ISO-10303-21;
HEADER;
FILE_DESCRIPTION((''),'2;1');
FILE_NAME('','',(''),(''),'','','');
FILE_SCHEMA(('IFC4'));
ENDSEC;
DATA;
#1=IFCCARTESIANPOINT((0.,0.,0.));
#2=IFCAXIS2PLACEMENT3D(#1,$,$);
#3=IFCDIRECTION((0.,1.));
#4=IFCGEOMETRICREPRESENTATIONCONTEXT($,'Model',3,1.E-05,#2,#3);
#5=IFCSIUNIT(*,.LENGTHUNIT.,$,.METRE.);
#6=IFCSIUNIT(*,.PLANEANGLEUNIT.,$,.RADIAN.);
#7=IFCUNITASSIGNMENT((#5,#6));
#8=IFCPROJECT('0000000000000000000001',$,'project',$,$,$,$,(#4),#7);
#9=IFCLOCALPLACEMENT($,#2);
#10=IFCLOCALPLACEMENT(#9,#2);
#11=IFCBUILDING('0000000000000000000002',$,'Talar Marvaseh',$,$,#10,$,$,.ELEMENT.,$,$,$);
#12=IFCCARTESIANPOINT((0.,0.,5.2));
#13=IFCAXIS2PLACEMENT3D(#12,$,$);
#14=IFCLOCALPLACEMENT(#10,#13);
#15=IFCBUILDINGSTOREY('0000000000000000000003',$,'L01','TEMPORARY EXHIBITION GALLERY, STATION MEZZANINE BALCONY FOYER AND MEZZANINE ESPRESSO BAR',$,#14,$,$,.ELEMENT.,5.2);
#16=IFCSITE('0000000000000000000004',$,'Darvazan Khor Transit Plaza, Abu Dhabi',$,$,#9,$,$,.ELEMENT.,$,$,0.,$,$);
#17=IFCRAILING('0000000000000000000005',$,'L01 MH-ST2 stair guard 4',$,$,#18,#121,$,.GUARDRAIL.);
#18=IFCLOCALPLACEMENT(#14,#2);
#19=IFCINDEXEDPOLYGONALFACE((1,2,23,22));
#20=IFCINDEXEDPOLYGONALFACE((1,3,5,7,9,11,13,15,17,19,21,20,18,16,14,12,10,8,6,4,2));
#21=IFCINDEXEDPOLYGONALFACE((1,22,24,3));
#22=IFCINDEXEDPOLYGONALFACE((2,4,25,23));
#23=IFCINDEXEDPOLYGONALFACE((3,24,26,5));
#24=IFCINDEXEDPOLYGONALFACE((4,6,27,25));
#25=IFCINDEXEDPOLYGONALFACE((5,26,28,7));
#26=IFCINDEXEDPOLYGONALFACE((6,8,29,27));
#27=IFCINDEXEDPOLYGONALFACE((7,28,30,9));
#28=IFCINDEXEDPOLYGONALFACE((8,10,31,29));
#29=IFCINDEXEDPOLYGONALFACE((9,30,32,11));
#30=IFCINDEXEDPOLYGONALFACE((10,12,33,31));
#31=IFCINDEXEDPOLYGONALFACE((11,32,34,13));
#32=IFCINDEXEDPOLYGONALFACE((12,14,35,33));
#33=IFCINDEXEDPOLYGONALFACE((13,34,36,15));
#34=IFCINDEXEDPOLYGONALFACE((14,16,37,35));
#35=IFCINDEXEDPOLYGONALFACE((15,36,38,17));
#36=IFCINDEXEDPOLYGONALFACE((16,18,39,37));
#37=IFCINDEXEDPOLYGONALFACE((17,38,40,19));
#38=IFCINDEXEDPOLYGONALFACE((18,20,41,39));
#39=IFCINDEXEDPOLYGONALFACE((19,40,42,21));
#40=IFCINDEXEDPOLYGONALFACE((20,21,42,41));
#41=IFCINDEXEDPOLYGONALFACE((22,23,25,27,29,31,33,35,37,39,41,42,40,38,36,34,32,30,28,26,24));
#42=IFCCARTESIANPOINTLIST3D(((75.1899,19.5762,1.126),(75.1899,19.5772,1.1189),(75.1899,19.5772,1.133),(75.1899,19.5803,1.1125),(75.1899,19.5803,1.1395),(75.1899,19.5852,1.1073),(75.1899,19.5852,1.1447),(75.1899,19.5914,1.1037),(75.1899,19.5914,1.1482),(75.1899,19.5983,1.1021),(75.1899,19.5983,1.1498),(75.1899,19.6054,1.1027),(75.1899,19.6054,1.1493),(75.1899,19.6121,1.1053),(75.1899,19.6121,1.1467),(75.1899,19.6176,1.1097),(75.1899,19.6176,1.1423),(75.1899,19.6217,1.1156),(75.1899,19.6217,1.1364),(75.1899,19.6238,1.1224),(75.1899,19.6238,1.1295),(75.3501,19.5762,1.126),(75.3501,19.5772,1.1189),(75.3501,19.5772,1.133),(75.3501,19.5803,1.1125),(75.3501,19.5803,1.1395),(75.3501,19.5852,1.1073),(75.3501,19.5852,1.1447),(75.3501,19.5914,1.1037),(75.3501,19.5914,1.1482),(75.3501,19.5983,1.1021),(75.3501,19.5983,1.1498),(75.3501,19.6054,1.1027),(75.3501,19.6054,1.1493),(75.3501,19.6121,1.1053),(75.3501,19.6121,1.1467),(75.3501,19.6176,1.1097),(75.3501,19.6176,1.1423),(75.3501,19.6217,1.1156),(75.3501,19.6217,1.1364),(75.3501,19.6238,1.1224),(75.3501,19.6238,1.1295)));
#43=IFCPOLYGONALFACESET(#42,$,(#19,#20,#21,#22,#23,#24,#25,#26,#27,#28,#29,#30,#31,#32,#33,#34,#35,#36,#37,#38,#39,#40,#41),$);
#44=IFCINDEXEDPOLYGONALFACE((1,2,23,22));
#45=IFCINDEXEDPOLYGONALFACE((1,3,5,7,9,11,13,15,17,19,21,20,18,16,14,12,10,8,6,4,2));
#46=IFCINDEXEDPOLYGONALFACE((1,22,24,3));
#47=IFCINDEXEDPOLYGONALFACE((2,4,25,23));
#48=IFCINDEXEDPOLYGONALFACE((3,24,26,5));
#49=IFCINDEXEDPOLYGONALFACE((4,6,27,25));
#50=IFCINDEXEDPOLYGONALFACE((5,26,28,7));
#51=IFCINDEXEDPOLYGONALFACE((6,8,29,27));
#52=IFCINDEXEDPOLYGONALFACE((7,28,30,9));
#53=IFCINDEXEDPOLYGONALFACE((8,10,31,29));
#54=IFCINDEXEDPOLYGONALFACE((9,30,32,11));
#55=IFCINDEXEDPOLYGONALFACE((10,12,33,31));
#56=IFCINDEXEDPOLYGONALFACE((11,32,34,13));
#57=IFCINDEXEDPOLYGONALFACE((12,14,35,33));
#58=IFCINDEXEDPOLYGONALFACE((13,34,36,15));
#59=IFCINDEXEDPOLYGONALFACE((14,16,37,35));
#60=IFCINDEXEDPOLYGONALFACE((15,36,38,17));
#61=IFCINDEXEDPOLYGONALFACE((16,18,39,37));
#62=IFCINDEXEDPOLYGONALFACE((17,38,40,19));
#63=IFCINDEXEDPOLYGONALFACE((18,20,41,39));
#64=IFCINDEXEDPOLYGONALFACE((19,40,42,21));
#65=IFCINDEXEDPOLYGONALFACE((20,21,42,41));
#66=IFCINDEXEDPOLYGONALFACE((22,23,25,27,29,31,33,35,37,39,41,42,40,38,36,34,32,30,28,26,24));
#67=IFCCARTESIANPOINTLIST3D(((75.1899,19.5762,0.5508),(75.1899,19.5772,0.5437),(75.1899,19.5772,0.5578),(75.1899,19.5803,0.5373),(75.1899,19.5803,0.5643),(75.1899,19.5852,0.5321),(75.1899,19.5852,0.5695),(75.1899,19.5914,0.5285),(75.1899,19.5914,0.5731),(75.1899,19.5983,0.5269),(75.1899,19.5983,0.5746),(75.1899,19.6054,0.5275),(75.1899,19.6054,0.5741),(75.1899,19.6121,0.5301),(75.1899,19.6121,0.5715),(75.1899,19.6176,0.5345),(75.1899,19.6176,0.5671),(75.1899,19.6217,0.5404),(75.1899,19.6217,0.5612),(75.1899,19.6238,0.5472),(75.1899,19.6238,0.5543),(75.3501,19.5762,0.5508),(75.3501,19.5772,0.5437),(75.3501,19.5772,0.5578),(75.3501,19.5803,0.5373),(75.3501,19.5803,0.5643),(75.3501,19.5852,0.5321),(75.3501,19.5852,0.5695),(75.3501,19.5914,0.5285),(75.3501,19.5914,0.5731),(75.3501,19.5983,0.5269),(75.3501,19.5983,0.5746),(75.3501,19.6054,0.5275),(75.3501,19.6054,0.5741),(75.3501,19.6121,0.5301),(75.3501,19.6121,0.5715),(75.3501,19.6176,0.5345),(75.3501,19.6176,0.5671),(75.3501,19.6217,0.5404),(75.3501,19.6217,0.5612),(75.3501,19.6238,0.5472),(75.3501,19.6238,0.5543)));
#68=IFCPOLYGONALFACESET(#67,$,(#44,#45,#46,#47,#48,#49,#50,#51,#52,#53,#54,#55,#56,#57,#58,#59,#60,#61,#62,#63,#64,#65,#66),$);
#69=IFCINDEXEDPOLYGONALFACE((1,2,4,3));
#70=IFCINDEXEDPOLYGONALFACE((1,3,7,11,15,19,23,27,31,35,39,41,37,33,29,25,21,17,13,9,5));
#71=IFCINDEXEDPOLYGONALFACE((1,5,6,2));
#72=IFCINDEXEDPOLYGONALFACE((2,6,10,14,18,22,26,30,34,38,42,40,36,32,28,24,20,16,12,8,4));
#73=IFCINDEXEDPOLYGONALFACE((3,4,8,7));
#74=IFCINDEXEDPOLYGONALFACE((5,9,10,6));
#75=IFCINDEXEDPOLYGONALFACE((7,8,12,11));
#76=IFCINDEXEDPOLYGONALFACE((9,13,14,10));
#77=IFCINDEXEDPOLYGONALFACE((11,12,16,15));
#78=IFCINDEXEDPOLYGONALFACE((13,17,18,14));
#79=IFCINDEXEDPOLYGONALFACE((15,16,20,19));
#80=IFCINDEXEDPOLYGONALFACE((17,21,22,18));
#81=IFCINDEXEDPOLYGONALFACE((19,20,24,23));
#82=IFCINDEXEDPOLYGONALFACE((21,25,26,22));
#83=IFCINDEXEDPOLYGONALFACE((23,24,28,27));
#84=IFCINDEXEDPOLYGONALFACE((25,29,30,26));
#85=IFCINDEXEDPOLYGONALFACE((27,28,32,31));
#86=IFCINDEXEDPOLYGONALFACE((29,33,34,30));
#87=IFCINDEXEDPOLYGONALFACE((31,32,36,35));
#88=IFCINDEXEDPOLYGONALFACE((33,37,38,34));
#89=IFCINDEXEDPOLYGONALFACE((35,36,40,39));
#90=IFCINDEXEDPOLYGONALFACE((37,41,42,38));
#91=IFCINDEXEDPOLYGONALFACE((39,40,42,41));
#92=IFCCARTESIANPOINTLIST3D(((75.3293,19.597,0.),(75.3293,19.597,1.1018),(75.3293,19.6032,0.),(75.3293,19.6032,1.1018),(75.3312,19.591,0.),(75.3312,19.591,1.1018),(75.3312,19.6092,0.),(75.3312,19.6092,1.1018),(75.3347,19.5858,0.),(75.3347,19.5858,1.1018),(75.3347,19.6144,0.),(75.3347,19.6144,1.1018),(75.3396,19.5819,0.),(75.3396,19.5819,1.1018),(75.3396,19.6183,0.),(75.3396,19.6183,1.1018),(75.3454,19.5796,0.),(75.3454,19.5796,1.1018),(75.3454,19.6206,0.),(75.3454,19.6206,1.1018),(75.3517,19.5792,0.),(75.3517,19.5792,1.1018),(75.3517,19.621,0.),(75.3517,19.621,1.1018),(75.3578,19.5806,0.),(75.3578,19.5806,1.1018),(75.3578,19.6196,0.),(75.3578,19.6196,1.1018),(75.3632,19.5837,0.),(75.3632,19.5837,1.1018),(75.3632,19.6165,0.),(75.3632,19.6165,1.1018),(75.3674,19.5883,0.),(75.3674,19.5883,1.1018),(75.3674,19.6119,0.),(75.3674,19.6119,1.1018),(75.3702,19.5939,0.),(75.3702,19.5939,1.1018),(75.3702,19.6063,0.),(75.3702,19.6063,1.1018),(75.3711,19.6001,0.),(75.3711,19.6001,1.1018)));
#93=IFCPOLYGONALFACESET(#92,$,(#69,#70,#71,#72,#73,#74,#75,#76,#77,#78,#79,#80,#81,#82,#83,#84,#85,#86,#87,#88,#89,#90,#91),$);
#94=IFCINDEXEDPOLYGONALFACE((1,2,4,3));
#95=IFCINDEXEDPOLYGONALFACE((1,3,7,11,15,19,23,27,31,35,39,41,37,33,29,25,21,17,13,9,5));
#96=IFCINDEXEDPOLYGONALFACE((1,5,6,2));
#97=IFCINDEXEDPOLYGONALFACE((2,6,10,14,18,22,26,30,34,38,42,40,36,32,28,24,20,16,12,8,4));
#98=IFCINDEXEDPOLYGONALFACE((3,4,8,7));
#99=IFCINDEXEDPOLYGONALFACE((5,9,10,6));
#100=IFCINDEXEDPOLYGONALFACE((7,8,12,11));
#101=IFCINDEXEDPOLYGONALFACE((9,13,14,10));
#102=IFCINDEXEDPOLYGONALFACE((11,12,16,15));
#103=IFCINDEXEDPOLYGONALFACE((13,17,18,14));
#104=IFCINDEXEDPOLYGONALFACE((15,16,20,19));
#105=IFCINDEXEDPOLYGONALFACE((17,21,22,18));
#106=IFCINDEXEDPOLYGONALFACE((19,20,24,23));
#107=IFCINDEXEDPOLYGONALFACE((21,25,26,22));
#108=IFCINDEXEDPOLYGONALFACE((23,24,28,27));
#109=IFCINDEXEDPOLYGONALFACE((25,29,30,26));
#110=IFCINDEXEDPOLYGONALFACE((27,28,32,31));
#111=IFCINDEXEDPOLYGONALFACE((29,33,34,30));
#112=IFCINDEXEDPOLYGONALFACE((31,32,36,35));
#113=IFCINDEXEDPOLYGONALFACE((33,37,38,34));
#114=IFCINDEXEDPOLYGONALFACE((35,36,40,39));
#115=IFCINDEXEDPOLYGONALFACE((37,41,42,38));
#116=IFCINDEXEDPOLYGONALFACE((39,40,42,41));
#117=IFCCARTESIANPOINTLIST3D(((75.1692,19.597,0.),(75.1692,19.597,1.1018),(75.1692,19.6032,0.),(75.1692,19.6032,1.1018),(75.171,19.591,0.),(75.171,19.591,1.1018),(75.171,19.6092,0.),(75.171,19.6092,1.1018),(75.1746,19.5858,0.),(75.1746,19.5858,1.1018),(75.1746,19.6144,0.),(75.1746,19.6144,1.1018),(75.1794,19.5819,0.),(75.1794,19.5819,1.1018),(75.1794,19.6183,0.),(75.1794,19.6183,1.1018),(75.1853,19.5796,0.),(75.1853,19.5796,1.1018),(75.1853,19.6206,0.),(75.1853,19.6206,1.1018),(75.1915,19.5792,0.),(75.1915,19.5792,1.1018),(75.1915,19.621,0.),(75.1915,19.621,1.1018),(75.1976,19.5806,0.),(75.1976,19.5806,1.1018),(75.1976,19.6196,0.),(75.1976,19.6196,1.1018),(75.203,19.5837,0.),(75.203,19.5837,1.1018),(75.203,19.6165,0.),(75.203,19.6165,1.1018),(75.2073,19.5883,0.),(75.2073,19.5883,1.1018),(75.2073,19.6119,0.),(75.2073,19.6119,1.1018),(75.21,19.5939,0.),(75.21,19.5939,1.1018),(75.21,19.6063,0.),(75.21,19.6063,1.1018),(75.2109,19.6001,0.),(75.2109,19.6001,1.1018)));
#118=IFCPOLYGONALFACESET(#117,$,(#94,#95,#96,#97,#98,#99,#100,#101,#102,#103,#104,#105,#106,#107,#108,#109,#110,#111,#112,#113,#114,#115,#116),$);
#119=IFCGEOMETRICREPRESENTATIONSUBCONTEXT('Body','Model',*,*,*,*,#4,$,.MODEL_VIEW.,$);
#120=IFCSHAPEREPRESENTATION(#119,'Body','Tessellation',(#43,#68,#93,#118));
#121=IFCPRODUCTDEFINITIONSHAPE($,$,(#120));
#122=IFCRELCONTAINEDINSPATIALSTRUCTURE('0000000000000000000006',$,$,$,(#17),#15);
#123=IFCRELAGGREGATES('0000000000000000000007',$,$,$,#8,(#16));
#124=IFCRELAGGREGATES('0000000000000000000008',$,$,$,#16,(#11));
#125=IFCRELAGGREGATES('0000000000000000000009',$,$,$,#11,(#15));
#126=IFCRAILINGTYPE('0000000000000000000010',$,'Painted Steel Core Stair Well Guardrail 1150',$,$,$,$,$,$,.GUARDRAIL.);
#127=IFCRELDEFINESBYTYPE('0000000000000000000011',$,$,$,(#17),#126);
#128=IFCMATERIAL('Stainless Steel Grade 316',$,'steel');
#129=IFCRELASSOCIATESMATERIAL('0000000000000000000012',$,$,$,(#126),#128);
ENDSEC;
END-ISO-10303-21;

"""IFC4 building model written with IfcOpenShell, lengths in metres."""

from ifc_helpers import new_model, si_unit, direction, frame, origin, origin_2d, place, context, subcontext, project, spatial, circle, extrude, material, type_object, element, save


model = new_model("IFC4")

# Units and contexts
model_context = context("Model", 3, precision=1e-05, world=origin(), true_north=direction((0.0, 1.0)))
body_context = subcontext(model_context, "Body", "Model", "MODEL_VIEW")
ifc_project = project(units=[si_unit("LENGTHUNIT", "METRE"), si_unit("PLANEANGLEUNIT", "RADIAN")], contexts=[model_context])

# Site, building, storey
site_placement = place(None, origin())
site = spatial("IfcSite", under=ifc_project, at=site_placement, Name="Darvazan Khor Transit Plaza, Abu Dhabi", CompositionType="ELEMENT", RefElevation=0.0)
building_placement = place(site_placement, origin())
building = spatial("IfcBuilding", under=site, at=building_placement, Name="Talar Marvaseh", CompositionType="ELEMENT")
storey_placement = place(building_placement, frame((0.0, 0.0, 5.2)))
storey = spatial("IfcBuildingStorey", under=building, at=storey_placement, Name="L01", Description="TEMPORARY EXHIBITION GALLERY, STATION MEZZANINE BALCONY FOYER AND MEZZANINE ESPRESSO BAR", CompositionType="ELEMENT", Elevation=5.2)

# Railing
ifc_material_1 = material(Name="Stainless Steel Grade 316", Category="steel")
railing_type_1 = type_object("IfcRailingType", Name="Painted Steel Core Stair Well Guardrail 1150", PredefinedType="GUARDRAIL", material=ifc_material_1)
railing_1_placement = place(storey_placement, frame((75.3501, 19.6001, 0.0)))
element("IfcRailing", 1, at=railing_1_placement, inside=storey, type_object=railing_type_1, Name="L01 MH-ST2 stair guard 4", PredefinedType="GUARDRAIL", context=body_context, shape_type="SweptSolid", body=[
    extrude(circle(Radius=0.0239, at=origin_2d()), frame((0.0, 0.0, 1.126), z_axis=(-1.0, 0.0, 0.0), x_axis=(0.0, -1.0, 0.0)), (0.0, 0.0, 1.0), 0.1602),
    extrude(circle(Radius=0.0239, at=origin_2d()), frame((0.0, 0.0, 0.5508), z_axis=(-1.0, 0.0, 0.0), x_axis=(0.0, -1.0, 0.0)), (0.0, 0.0, 1.0), 0.1602),
    extrude(circle(Radius=0.021, at=origin_2d()), origin(), (0.0, 0.0, 1.0), 1.1018),
    extrude(circle(Radius=0.021, at=origin_2d()), frame((-0.1602, 0.0, 0.0)), (0.0, 0.0, 1.0), 1.1018),
])

save(model, "model.ifc")
